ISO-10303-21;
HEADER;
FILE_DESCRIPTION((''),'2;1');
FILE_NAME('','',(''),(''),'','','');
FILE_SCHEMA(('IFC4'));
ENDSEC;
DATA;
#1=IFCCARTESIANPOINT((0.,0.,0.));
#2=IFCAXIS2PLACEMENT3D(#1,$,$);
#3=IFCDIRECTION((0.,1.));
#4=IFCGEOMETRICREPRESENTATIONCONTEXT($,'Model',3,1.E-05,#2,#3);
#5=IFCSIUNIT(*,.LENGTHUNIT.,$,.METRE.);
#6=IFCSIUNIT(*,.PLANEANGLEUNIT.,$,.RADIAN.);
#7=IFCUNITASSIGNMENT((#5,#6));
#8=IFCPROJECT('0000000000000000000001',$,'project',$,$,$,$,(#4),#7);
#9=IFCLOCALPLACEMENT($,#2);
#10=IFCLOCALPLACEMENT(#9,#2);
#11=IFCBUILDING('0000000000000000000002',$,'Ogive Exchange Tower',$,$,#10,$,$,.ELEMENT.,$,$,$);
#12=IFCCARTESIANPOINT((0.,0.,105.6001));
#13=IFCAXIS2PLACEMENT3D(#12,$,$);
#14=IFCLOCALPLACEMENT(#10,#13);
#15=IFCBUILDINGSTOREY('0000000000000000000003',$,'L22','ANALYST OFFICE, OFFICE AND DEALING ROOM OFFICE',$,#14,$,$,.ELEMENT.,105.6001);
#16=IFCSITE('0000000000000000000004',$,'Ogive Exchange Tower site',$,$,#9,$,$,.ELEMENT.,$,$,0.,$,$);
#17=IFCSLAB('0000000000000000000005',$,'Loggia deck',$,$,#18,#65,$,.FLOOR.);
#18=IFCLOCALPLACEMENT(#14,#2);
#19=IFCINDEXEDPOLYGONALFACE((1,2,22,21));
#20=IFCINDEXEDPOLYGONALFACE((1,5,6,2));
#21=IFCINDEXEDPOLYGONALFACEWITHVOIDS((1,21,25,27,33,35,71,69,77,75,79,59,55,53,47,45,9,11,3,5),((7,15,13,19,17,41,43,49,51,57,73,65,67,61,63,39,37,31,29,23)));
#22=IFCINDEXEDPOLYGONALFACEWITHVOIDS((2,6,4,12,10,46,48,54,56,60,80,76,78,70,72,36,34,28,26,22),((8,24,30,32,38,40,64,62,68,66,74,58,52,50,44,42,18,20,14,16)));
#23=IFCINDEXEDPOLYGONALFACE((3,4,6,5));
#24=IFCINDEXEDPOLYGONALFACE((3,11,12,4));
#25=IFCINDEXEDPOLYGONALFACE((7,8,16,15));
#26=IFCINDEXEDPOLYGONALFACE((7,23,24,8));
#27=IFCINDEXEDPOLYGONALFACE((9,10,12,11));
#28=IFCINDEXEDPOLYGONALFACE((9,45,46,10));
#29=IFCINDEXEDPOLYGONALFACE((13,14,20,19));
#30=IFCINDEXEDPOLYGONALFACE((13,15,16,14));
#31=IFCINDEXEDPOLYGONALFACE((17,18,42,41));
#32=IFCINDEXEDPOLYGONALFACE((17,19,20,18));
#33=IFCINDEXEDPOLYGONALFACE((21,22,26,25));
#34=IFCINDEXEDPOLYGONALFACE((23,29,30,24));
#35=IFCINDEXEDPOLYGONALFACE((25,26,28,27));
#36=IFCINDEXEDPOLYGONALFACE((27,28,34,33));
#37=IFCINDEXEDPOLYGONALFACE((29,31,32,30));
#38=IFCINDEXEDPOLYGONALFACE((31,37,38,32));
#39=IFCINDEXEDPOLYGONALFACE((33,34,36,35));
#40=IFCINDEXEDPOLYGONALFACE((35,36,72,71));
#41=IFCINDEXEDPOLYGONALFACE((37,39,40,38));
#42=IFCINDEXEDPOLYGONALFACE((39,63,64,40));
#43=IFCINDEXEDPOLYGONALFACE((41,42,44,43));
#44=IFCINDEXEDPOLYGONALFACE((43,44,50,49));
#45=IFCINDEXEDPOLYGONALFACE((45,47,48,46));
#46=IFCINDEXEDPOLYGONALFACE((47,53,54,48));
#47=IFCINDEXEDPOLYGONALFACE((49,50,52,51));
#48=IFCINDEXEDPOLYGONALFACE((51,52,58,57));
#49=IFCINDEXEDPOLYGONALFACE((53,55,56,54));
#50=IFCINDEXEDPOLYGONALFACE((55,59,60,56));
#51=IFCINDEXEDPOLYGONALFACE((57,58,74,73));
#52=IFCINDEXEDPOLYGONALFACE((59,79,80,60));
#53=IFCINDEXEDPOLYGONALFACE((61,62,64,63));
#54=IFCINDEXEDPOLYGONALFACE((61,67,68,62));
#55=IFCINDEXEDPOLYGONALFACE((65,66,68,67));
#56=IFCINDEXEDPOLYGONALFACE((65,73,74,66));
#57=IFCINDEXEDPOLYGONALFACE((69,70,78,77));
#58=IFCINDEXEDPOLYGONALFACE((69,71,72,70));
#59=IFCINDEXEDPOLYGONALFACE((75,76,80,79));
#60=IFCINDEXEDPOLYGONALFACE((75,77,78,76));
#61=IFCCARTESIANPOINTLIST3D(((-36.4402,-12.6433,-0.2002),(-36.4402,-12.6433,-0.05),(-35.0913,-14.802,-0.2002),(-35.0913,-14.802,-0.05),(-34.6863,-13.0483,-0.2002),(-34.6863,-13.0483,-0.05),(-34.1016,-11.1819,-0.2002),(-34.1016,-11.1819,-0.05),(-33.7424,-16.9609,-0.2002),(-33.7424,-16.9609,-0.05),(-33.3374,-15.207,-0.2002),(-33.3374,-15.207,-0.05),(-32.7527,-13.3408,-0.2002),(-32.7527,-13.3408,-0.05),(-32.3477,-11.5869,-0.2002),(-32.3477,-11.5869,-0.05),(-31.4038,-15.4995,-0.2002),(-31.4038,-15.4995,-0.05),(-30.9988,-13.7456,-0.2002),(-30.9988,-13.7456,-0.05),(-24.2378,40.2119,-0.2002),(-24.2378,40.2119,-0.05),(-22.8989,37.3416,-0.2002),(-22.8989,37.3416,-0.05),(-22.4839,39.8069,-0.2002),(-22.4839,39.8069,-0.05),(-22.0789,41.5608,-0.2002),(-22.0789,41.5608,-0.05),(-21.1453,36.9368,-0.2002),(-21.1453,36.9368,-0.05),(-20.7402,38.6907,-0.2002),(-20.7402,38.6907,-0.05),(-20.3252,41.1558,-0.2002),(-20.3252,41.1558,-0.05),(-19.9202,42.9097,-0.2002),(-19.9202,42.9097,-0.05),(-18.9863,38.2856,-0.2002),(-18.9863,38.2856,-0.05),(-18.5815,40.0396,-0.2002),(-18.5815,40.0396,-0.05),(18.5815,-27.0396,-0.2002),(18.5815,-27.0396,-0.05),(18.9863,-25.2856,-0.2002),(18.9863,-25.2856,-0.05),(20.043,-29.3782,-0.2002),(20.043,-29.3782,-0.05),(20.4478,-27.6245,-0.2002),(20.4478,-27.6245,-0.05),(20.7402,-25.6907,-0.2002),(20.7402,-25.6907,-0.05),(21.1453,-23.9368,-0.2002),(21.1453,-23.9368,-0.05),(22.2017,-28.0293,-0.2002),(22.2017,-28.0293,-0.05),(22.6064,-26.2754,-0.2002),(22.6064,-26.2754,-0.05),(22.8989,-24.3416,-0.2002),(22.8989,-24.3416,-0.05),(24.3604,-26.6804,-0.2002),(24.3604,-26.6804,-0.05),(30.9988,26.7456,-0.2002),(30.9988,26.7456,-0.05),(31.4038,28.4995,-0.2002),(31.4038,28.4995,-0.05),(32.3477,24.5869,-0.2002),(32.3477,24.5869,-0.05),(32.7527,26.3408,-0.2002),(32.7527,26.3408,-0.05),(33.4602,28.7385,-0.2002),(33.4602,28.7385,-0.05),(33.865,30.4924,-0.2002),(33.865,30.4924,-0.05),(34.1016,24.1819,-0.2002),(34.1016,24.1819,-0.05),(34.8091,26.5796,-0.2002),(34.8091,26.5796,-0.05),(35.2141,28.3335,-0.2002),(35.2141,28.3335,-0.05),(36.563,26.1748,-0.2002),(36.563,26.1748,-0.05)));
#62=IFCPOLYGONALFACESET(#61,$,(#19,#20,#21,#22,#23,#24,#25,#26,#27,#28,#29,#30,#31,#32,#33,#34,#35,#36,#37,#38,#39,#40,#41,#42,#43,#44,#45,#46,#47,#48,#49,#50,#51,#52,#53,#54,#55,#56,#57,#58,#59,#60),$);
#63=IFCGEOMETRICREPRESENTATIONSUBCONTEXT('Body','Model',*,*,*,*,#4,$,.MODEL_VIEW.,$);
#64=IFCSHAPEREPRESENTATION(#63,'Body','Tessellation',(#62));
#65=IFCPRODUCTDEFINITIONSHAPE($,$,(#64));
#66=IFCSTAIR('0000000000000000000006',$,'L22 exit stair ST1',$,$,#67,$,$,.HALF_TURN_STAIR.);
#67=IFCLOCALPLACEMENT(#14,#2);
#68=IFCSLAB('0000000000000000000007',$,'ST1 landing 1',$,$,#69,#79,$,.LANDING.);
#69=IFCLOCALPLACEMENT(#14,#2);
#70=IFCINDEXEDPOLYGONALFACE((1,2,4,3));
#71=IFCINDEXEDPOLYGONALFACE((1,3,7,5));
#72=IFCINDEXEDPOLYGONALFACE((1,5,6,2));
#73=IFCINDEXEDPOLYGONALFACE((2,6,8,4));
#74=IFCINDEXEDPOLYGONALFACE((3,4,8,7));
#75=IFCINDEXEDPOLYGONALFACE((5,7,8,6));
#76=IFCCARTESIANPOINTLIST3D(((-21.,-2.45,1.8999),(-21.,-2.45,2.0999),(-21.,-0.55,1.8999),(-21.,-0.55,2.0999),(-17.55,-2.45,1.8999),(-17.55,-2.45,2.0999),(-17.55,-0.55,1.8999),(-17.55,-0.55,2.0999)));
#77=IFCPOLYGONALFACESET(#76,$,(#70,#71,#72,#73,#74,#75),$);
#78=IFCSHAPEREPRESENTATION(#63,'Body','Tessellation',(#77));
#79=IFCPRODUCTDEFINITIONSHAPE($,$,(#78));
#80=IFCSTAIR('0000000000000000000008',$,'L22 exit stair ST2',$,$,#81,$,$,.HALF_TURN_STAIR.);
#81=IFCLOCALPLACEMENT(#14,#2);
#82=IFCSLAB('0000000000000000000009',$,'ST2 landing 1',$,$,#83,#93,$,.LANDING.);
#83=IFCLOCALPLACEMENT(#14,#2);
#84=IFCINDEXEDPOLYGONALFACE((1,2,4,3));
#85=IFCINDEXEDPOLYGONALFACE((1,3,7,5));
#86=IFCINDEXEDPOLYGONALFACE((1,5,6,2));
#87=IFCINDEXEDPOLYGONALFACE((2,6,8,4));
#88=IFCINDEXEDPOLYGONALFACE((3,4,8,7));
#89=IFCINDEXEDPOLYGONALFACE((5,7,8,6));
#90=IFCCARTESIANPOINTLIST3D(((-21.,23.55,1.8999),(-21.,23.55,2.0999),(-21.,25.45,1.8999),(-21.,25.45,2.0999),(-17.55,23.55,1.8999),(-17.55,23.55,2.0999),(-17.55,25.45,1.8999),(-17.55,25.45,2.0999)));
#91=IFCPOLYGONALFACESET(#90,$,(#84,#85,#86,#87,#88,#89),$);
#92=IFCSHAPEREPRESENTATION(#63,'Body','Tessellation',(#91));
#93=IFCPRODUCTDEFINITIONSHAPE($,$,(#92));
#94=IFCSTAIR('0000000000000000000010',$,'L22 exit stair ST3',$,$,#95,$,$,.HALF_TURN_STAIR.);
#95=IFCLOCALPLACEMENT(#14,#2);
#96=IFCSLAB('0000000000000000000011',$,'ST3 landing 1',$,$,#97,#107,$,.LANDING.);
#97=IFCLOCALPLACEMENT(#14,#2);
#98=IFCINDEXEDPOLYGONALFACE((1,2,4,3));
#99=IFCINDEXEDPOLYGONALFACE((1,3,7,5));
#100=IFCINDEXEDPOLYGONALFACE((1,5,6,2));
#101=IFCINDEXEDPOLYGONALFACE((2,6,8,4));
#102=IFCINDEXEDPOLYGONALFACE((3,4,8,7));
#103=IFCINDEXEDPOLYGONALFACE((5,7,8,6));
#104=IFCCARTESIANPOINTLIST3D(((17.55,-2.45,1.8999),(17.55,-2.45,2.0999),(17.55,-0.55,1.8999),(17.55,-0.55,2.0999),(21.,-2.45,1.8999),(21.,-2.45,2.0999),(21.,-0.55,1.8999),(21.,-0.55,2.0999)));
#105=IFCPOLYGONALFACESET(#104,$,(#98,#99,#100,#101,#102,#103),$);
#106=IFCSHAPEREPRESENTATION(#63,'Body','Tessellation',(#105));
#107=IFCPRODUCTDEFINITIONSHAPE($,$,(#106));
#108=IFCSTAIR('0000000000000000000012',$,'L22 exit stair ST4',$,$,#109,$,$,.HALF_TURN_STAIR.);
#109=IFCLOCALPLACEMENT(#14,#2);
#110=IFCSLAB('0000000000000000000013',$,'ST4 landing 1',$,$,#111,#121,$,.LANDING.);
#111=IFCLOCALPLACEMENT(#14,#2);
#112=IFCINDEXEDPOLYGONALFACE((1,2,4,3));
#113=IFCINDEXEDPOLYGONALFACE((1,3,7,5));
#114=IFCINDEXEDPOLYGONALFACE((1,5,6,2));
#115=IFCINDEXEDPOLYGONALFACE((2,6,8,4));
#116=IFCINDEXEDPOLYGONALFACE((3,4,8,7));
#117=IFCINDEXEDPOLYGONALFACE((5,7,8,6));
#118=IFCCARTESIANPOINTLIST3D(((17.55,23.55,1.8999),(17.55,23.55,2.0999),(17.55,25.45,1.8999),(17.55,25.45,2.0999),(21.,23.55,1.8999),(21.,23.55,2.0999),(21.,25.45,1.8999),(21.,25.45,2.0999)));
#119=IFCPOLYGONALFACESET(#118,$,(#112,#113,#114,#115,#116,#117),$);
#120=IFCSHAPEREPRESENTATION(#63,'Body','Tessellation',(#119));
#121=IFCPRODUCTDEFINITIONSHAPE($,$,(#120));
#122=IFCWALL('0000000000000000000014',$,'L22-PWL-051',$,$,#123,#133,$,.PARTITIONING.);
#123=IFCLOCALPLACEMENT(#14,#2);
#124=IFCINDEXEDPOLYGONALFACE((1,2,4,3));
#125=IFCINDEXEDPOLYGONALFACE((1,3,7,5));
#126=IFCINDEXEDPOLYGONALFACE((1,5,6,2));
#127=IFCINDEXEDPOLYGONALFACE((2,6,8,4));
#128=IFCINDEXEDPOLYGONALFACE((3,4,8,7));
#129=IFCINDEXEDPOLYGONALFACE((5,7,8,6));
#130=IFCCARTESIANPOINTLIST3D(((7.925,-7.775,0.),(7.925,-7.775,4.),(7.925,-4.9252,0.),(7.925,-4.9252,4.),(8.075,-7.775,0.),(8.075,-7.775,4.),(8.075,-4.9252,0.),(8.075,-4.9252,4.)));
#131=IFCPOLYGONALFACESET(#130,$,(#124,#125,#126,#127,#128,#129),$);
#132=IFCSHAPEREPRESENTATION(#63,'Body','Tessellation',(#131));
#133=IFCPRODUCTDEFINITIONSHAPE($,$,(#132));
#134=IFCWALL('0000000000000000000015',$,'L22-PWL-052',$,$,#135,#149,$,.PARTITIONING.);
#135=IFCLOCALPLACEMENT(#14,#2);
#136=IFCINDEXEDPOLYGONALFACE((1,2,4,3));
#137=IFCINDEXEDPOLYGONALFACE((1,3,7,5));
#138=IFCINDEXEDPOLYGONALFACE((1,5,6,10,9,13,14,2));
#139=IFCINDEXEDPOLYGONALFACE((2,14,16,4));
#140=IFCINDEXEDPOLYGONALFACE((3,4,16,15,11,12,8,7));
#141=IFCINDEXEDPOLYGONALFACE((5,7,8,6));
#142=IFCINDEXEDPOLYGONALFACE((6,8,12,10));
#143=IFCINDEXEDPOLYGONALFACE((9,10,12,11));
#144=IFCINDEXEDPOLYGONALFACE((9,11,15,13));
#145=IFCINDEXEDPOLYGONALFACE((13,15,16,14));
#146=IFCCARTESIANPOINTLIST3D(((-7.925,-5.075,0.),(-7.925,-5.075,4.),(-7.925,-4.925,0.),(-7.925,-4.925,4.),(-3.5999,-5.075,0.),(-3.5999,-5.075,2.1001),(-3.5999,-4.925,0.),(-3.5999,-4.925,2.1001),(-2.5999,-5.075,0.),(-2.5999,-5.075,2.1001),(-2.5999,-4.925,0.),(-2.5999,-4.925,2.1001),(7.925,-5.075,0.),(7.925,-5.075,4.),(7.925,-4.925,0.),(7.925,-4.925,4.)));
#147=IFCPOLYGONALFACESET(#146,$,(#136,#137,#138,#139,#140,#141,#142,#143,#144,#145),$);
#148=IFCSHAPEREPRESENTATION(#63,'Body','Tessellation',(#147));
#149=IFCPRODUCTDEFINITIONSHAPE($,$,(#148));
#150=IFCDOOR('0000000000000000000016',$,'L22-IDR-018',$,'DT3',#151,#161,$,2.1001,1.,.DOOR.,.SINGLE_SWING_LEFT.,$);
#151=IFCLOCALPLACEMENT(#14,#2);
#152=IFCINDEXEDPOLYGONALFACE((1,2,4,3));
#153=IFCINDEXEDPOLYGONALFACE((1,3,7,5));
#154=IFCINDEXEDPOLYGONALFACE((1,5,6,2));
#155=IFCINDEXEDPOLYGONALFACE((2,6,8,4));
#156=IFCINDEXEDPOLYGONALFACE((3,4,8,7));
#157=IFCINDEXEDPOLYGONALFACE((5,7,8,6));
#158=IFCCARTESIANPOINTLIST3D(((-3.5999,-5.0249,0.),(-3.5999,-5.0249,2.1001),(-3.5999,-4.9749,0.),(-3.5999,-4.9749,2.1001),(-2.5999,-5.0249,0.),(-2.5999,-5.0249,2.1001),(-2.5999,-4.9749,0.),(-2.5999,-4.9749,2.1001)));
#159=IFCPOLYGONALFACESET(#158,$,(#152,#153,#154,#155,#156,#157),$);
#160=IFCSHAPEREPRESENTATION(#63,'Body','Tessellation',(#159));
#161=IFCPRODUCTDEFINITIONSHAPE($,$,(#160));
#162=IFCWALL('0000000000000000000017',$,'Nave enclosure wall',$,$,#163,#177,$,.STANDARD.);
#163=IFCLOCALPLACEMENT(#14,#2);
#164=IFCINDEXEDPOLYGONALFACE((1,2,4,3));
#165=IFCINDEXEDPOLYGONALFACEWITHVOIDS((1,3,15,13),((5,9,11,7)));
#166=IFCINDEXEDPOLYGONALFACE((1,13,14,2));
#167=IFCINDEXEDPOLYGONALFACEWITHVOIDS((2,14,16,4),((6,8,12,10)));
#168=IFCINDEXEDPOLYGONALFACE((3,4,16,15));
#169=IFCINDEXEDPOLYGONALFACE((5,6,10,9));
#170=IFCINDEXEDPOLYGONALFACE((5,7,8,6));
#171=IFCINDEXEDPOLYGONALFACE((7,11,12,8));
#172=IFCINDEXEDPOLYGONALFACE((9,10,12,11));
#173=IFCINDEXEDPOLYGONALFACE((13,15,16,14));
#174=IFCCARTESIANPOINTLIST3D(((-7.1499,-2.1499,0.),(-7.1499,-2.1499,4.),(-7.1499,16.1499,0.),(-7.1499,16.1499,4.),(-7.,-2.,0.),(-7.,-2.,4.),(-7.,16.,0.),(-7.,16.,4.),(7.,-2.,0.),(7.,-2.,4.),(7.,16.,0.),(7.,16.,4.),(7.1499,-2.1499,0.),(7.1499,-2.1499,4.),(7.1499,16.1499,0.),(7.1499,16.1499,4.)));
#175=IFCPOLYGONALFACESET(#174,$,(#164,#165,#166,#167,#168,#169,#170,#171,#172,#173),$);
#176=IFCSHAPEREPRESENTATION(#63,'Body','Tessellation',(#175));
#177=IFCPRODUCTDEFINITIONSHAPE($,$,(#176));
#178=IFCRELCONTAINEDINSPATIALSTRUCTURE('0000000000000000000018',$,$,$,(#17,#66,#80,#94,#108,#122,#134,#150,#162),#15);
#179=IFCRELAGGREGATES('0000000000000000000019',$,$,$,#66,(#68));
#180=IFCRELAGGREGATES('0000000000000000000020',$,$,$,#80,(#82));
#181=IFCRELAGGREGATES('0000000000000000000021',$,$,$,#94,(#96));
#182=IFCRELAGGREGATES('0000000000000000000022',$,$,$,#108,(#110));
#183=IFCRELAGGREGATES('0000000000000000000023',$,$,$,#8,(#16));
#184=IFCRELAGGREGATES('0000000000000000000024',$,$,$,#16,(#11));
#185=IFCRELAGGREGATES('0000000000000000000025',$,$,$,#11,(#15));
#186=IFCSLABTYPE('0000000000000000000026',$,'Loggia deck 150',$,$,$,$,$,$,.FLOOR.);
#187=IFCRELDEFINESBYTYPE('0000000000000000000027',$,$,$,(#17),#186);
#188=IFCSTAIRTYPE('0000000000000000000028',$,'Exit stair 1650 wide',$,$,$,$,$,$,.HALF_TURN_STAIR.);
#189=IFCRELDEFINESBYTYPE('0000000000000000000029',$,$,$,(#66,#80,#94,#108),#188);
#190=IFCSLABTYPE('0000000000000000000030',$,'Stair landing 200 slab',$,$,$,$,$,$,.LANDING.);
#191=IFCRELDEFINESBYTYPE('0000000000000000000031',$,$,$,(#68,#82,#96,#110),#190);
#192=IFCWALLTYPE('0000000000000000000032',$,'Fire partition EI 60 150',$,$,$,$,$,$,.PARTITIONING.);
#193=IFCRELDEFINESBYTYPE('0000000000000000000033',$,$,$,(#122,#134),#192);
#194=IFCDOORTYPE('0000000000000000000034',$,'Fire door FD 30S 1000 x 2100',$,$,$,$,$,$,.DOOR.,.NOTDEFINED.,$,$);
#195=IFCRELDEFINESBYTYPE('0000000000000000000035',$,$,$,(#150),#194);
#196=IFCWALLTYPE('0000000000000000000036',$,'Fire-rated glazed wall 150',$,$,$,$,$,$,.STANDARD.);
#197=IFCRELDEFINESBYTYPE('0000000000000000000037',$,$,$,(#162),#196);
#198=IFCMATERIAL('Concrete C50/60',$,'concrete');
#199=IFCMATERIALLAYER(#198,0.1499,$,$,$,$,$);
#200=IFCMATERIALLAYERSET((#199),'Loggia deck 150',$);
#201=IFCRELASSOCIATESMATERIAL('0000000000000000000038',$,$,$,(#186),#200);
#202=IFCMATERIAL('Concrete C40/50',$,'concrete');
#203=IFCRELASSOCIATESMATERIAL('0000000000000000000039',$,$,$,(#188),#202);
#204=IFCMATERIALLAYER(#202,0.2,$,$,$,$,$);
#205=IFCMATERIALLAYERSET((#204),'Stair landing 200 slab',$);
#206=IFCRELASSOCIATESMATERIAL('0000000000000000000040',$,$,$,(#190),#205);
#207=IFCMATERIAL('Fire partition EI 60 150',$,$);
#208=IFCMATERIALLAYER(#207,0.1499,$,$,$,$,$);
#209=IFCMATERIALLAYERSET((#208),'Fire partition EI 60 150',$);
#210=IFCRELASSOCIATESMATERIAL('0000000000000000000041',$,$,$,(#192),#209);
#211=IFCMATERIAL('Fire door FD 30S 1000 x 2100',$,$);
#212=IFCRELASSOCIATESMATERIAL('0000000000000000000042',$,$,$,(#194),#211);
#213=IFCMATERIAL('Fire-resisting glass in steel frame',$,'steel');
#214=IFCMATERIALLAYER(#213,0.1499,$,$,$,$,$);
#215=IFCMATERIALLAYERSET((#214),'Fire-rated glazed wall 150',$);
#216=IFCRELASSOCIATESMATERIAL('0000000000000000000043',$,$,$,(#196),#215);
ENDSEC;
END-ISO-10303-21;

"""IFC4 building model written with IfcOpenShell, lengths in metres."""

from ifc_helpers import new_model, si_unit, direction, frame, frame_2d, origin, place, context, subcontext, project, spatial, polyline, rectangle, outline, extrude, material, layer, layer_set, type_object, element, fill, aggregate, save


model = new_model("IFC4")

# Units and contexts
model_context = context("Model", 3, precision=1e-05, world=origin(), true_north=direction((0.0, 1.0)))
body_context = subcontext(model_context, "Body", "Model", "MODEL_VIEW")
ifc_project = project(units=[si_unit("LENGTHUNIT", "METRE"), si_unit("PLANEANGLEUNIT", "RADIAN")], contexts=[model_context])

# Site, building, storey
site_placement = place(None, origin())
site = spatial("IfcSite", under=ifc_project, at=site_placement, Name="Ogive Exchange Tower site", CompositionType="ELEMENT", RefElevation=0.0)
building_placement = place(site_placement, origin())
building = spatial("IfcBuilding", under=site, at=building_placement, Name="Ogive Exchange Tower", CompositionType="ELEMENT")
storey_placement = place(building_placement, frame((0.0, 0.0, 105.6001)))
storey = spatial("IfcBuildingStorey", under=building, at=storey_placement, Name="L22", Description="ANALYST OFFICE, OFFICE AND DEALING ROOM OFFICE", CompositionType="ELEMENT", Elevation=105.6001)

# Slab
ifc_material_1 = material(Name="Concrete C50/60", Category="concrete")
ifc_layer_1 = layer(ifc_material_1, 0.1499)
ifc_layer_set_1 = layer_set([ifc_layer_1], Name="Loggia deck 150")
slab_type_1 = type_object("IfcSlabType", Name="Loggia deck 150", PredefinedType="FLOOR", material=ifc_layer_set_1)
slab_1_placement = place(storey_placement, frame((0.0, 0.0, -0.2002)))
element("IfcSlab", 1, at=slab_1_placement, inside=storey, type_object=slab_type_1, Name="Loggia deck", PredefinedType="FLOOR", context=body_context, shape_type="SweptSolid", body=[
    extrude(outline(polyline([(-33.3374, -15.207), (-35.0913, -14.802), (-34.6863, -13.0483), (-36.4402, -12.6433), (-24.2378, 40.2119), (-22.4839, 39.8069), (-22.0789, 41.5608), (-20.3252, 41.1558), (-19.9202, 42.9097), (33.865, 30.4924), (33.4602, 28.7385), (35.2141, 28.3335), (34.8091, 26.5796), (36.563, 26.1748), (24.3604, -26.6804), (22.6064, -26.2754), (22.2017, -28.0293), (20.4478, -27.6245), (20.043, -29.3782), (-33.7424, -16.9609), (-33.3374, -15.207)]), holes=[polyline([(18.9863, -25.2856), (20.7402, -25.6907), (21.1453, -23.9368), (22.8989, -24.3416), (34.1016, 24.1819), (32.3477, 24.5869), (32.7527, 26.3408), (30.9988, 26.7456), (31.4038, 28.4995), (-18.5815, 40.0396), (-18.9863, 38.2856), (-20.7402, 38.6907), (-21.1453, 36.9368), (-22.8989, 37.3416), (-34.1016, -11.1819), (-32.3477, -11.5869), (-32.7527, -13.3408), (-30.9988, -13.7456), (-31.4038, -15.4995), (18.5815, -27.0396), (18.9863, -25.2856)])]), origin(), (0.0, 0.0, 1.0), 0.1501),
])

# Stairs, slabs
ifc_material_2 = material(Name="Concrete C40/50", Category="concrete")
stair_type = type_object("IfcStairType", Name="Exit stair 1650 wide", PredefinedType="HALF_TURN_STAIR", material=ifc_material_2)
stair_1_placement = place(storey_placement, origin())
stair_1 = element("IfcStair", 2, at=stair_1_placement, inside=storey, type_object=stair_type, Name="L22 exit stair ST1", PredefinedType="HALF_TURN_STAIR")
ifc_layer_2 = layer(ifc_material_2, 0.2)
ifc_layer_set_2 = layer_set([ifc_layer_2], Name="Stair landing 200 slab")
slab_type_2 = type_object("IfcSlabType", Name="Stair landing 200 slab", PredefinedType="LANDING", material=ifc_layer_set_2)
slab_2_placement = place(storey_placement, frame((0.0, 0.0, 1.8999)))
slab_2 = element("IfcSlab", 3, at=slab_2_placement, type_object=slab_type_2, Name="ST1 landing 1", PredefinedType="LANDING", context=body_context, shape_type="SweptSolid", body=[
    extrude(outline(polyline([(-21.0, -0.55), (-21.0, -2.45), (-17.55, -2.45), (-17.55, -0.55), (-21.0, -0.55)])), origin(), (0.0, 0.0, 1.0), 0.2),
])
aggregate(stair_1, [slab_2])
stair_2_placement = place(storey_placement, origin())
stair_2 = element("IfcStair", 4, at=stair_2_placement, inside=storey, type_object=stair_type, Name="L22 exit stair ST2", PredefinedType="HALF_TURN_STAIR")
slab_3_placement = place(storey_placement, frame((0.0, 0.0, 1.8999)))
slab_3 = element("IfcSlab", 5, at=slab_3_placement, type_object=slab_type_2, Name="ST2 landing 1", PredefinedType="LANDING", context=body_context, shape_type="SweptSolid", body=[
    extrude(outline(polyline([(-17.55, 23.55), (-17.55, 25.45), (-21.0, 25.45), (-21.0, 23.55), (-17.55, 23.55)])), origin(), (0.0, 0.0, 1.0), 0.2),
])
aggregate(stair_2, [slab_3])
stair_3_placement = place(storey_placement, origin())
stair_3 = element("IfcStair", 6, at=stair_3_placement, inside=storey, type_object=stair_type, Name="L22 exit stair ST3", PredefinedType="HALF_TURN_STAIR")
slab_4_placement = place(storey_placement, frame((0.0, 0.0, 1.8999)))
slab_4 = element("IfcSlab", 7, at=slab_4_placement, type_object=slab_type_2, Name="ST3 landing 1", PredefinedType="LANDING", context=body_context, shape_type="SweptSolid", body=[
    extrude(outline(polyline([(17.55, -0.55), (17.55, -2.45), (21.0, -2.45), (21.0, -0.55), (17.55, -0.55)])), origin(), (0.0, 0.0, 1.0), 0.2),
])
aggregate(stair_3, [slab_4])
stair_4_placement = place(storey_placement, origin())
stair_4 = element("IfcStair", 8, at=stair_4_placement, inside=storey, type_object=stair_type, Name="L22 exit stair ST4", PredefinedType="HALF_TURN_STAIR")
slab_5_placement = place(storey_placement, frame((0.0, 0.0, 1.8999)))
slab_5 = element("IfcSlab", 9, at=slab_5_placement, type_object=slab_type_2, Name="ST4 landing 1", PredefinedType="LANDING", context=body_context, shape_type="SweptSolid", body=[
    extrude(outline(polyline([(21.0, 23.55), (21.0, 25.45), (17.55, 25.45), (17.55, 23.55), (21.0, 23.55)])), origin(), (0.0, 0.0, 1.0), 0.2),
])
aggregate(stair_4, [slab_5])

# Wall
ifc_material_3 = material(Name="Fire partition EI 60 150")
ifc_layer_3 = layer(ifc_material_3, 0.1499)
ifc_layer_set_3 = layer_set([ifc_layer_3], Name="Fire partition EI 60 150")
wall_type_1 = type_object("IfcWallType", Name="Fire partition EI 60 150", PredefinedType="PARTITIONING", material=ifc_layer_set_3)
wall_1_placement = place(storey_placement, frame((8.0, -7.7749, 0.0), z_axis=(0.0, 0.0, 1.0), x_axis=(0.0, 1.0, 0.0)))
element("IfcWall", 10, at=wall_1_placement, inside=storey, type_object=wall_type_1, Name="L22-PWL-051", PredefinedType="PARTITIONING", context=body_context, shape_type="SweptSolid", body=[
    extrude(rectangle(XDim=2.8499, YDim=0.1499, at=frame_2d((1.4248, 0.0))), origin(), (0.0, 0.0, 1.0), 4.0),
])

# Wall, opening, door
wall_2_placement = place(storey_placement, frame((7.925, -5.0, 0.0), z_axis=(0.0, 0.0, 1.0), x_axis=(-1.0, 0.0, 0.0)))
wall_2 = element("IfcWall", 11, at=wall_2_placement, inside=storey, type_object=wall_type_1, Name="L22-PWL-052", PredefinedType="PARTITIONING", context=body_context, shape_type="SweptSolid", body=[
    extrude(rectangle(XDim=15.8501, YDim=0.1499, at=frame_2d((7.925, 0.0))), origin(), (0.0, 0.0, 1.0), 4.0),
])
opening_1_placement = place(wall_2_placement, frame((10.5249, 0.0, 0.0)))
opening_1 = element("IfcOpeningElement", 12, at=opening_1_placement, cuts=wall_2, PredefinedType="OPENING", context=body_context, shape_type="SweptSolid", body=[
    extrude(rectangle(XDim=1.0, YDim=2.1001, at=frame_2d((0.5, 1.05))), frame((0.0, 0.085, 0.0), z_axis=(0.0, -1.0, 0.0), x_axis=(1.0, 0.0, 0.0)), (0.0, 0.0, 1.0), 0.1699),
])
ifc_material_4 = material(Name="Fire door FD 30S 1000 x 2100")
door_type_1 = type_object("IfcDoorType", Name="Fire door FD 30S 1000 x 2100", OperationType="NOTDEFINED", PredefinedType="DOOR", material=ifc_material_4)
door_1_placement = place(opening_1_placement, origin())
door_1 = element("IfcDoor", 13, at=door_1_placement, inside=storey, type_object=door_type_1, Name="L22-IDR-018", ObjectType="DT3", OperationType="SINGLE_SWING_LEFT", OverallHeight=2.1001, OverallWidth=1.0, PredefinedType="DOOR", context=body_context, shape_type="SweptSolid", body=[
    extrude(rectangle(XDim=1.0, YDim=2.1001, at=frame_2d((0.5, 1.05))), frame((0.0, 0.0249, 0.0), z_axis=(0.0, -1.0, 0.0), x_axis=(1.0, 0.0, 0.0)), (0.0, 0.0, 1.0), 0.05),
])
fill(opening_1, door_1)

# Wall
ifc_material_5 = material(Name="Fire-resisting glass in steel frame", Category="steel")
ifc_layer_4 = layer(ifc_material_5, 0.1499)
ifc_layer_set_4 = layer_set([ifc_layer_4], Name="Fire-rated glazed wall 150")
wall_type_2 = type_object("IfcWallType", Name="Fire-rated glazed wall 150", PredefinedType="STANDARD", material=ifc_layer_set_4)
wall_3_placement = place(storey_placement, origin())
element("IfcWall", 14, at=wall_3_placement, inside=storey, type_object=wall_type_2, Name="Nave enclosure wall", PredefinedType="STANDARD", context=body_context, shape_type="SweptSolid", body=[
    extrude(outline(polyline([(-7.1499, -2.1499), (7.1499, -2.1499), (7.1499, 16.1499), (-7.1499, 16.1499), (-7.1499, -2.1499)]), holes=[polyline([(-7.0, -2.0), (-7.0, 16.0), (7.0, 16.0), (7.0, -2.0), (-7.0, -2.0)])]), origin(), (0.0, 0.0, 1.0), 4.0),
])

save(model, "model.ifc")
